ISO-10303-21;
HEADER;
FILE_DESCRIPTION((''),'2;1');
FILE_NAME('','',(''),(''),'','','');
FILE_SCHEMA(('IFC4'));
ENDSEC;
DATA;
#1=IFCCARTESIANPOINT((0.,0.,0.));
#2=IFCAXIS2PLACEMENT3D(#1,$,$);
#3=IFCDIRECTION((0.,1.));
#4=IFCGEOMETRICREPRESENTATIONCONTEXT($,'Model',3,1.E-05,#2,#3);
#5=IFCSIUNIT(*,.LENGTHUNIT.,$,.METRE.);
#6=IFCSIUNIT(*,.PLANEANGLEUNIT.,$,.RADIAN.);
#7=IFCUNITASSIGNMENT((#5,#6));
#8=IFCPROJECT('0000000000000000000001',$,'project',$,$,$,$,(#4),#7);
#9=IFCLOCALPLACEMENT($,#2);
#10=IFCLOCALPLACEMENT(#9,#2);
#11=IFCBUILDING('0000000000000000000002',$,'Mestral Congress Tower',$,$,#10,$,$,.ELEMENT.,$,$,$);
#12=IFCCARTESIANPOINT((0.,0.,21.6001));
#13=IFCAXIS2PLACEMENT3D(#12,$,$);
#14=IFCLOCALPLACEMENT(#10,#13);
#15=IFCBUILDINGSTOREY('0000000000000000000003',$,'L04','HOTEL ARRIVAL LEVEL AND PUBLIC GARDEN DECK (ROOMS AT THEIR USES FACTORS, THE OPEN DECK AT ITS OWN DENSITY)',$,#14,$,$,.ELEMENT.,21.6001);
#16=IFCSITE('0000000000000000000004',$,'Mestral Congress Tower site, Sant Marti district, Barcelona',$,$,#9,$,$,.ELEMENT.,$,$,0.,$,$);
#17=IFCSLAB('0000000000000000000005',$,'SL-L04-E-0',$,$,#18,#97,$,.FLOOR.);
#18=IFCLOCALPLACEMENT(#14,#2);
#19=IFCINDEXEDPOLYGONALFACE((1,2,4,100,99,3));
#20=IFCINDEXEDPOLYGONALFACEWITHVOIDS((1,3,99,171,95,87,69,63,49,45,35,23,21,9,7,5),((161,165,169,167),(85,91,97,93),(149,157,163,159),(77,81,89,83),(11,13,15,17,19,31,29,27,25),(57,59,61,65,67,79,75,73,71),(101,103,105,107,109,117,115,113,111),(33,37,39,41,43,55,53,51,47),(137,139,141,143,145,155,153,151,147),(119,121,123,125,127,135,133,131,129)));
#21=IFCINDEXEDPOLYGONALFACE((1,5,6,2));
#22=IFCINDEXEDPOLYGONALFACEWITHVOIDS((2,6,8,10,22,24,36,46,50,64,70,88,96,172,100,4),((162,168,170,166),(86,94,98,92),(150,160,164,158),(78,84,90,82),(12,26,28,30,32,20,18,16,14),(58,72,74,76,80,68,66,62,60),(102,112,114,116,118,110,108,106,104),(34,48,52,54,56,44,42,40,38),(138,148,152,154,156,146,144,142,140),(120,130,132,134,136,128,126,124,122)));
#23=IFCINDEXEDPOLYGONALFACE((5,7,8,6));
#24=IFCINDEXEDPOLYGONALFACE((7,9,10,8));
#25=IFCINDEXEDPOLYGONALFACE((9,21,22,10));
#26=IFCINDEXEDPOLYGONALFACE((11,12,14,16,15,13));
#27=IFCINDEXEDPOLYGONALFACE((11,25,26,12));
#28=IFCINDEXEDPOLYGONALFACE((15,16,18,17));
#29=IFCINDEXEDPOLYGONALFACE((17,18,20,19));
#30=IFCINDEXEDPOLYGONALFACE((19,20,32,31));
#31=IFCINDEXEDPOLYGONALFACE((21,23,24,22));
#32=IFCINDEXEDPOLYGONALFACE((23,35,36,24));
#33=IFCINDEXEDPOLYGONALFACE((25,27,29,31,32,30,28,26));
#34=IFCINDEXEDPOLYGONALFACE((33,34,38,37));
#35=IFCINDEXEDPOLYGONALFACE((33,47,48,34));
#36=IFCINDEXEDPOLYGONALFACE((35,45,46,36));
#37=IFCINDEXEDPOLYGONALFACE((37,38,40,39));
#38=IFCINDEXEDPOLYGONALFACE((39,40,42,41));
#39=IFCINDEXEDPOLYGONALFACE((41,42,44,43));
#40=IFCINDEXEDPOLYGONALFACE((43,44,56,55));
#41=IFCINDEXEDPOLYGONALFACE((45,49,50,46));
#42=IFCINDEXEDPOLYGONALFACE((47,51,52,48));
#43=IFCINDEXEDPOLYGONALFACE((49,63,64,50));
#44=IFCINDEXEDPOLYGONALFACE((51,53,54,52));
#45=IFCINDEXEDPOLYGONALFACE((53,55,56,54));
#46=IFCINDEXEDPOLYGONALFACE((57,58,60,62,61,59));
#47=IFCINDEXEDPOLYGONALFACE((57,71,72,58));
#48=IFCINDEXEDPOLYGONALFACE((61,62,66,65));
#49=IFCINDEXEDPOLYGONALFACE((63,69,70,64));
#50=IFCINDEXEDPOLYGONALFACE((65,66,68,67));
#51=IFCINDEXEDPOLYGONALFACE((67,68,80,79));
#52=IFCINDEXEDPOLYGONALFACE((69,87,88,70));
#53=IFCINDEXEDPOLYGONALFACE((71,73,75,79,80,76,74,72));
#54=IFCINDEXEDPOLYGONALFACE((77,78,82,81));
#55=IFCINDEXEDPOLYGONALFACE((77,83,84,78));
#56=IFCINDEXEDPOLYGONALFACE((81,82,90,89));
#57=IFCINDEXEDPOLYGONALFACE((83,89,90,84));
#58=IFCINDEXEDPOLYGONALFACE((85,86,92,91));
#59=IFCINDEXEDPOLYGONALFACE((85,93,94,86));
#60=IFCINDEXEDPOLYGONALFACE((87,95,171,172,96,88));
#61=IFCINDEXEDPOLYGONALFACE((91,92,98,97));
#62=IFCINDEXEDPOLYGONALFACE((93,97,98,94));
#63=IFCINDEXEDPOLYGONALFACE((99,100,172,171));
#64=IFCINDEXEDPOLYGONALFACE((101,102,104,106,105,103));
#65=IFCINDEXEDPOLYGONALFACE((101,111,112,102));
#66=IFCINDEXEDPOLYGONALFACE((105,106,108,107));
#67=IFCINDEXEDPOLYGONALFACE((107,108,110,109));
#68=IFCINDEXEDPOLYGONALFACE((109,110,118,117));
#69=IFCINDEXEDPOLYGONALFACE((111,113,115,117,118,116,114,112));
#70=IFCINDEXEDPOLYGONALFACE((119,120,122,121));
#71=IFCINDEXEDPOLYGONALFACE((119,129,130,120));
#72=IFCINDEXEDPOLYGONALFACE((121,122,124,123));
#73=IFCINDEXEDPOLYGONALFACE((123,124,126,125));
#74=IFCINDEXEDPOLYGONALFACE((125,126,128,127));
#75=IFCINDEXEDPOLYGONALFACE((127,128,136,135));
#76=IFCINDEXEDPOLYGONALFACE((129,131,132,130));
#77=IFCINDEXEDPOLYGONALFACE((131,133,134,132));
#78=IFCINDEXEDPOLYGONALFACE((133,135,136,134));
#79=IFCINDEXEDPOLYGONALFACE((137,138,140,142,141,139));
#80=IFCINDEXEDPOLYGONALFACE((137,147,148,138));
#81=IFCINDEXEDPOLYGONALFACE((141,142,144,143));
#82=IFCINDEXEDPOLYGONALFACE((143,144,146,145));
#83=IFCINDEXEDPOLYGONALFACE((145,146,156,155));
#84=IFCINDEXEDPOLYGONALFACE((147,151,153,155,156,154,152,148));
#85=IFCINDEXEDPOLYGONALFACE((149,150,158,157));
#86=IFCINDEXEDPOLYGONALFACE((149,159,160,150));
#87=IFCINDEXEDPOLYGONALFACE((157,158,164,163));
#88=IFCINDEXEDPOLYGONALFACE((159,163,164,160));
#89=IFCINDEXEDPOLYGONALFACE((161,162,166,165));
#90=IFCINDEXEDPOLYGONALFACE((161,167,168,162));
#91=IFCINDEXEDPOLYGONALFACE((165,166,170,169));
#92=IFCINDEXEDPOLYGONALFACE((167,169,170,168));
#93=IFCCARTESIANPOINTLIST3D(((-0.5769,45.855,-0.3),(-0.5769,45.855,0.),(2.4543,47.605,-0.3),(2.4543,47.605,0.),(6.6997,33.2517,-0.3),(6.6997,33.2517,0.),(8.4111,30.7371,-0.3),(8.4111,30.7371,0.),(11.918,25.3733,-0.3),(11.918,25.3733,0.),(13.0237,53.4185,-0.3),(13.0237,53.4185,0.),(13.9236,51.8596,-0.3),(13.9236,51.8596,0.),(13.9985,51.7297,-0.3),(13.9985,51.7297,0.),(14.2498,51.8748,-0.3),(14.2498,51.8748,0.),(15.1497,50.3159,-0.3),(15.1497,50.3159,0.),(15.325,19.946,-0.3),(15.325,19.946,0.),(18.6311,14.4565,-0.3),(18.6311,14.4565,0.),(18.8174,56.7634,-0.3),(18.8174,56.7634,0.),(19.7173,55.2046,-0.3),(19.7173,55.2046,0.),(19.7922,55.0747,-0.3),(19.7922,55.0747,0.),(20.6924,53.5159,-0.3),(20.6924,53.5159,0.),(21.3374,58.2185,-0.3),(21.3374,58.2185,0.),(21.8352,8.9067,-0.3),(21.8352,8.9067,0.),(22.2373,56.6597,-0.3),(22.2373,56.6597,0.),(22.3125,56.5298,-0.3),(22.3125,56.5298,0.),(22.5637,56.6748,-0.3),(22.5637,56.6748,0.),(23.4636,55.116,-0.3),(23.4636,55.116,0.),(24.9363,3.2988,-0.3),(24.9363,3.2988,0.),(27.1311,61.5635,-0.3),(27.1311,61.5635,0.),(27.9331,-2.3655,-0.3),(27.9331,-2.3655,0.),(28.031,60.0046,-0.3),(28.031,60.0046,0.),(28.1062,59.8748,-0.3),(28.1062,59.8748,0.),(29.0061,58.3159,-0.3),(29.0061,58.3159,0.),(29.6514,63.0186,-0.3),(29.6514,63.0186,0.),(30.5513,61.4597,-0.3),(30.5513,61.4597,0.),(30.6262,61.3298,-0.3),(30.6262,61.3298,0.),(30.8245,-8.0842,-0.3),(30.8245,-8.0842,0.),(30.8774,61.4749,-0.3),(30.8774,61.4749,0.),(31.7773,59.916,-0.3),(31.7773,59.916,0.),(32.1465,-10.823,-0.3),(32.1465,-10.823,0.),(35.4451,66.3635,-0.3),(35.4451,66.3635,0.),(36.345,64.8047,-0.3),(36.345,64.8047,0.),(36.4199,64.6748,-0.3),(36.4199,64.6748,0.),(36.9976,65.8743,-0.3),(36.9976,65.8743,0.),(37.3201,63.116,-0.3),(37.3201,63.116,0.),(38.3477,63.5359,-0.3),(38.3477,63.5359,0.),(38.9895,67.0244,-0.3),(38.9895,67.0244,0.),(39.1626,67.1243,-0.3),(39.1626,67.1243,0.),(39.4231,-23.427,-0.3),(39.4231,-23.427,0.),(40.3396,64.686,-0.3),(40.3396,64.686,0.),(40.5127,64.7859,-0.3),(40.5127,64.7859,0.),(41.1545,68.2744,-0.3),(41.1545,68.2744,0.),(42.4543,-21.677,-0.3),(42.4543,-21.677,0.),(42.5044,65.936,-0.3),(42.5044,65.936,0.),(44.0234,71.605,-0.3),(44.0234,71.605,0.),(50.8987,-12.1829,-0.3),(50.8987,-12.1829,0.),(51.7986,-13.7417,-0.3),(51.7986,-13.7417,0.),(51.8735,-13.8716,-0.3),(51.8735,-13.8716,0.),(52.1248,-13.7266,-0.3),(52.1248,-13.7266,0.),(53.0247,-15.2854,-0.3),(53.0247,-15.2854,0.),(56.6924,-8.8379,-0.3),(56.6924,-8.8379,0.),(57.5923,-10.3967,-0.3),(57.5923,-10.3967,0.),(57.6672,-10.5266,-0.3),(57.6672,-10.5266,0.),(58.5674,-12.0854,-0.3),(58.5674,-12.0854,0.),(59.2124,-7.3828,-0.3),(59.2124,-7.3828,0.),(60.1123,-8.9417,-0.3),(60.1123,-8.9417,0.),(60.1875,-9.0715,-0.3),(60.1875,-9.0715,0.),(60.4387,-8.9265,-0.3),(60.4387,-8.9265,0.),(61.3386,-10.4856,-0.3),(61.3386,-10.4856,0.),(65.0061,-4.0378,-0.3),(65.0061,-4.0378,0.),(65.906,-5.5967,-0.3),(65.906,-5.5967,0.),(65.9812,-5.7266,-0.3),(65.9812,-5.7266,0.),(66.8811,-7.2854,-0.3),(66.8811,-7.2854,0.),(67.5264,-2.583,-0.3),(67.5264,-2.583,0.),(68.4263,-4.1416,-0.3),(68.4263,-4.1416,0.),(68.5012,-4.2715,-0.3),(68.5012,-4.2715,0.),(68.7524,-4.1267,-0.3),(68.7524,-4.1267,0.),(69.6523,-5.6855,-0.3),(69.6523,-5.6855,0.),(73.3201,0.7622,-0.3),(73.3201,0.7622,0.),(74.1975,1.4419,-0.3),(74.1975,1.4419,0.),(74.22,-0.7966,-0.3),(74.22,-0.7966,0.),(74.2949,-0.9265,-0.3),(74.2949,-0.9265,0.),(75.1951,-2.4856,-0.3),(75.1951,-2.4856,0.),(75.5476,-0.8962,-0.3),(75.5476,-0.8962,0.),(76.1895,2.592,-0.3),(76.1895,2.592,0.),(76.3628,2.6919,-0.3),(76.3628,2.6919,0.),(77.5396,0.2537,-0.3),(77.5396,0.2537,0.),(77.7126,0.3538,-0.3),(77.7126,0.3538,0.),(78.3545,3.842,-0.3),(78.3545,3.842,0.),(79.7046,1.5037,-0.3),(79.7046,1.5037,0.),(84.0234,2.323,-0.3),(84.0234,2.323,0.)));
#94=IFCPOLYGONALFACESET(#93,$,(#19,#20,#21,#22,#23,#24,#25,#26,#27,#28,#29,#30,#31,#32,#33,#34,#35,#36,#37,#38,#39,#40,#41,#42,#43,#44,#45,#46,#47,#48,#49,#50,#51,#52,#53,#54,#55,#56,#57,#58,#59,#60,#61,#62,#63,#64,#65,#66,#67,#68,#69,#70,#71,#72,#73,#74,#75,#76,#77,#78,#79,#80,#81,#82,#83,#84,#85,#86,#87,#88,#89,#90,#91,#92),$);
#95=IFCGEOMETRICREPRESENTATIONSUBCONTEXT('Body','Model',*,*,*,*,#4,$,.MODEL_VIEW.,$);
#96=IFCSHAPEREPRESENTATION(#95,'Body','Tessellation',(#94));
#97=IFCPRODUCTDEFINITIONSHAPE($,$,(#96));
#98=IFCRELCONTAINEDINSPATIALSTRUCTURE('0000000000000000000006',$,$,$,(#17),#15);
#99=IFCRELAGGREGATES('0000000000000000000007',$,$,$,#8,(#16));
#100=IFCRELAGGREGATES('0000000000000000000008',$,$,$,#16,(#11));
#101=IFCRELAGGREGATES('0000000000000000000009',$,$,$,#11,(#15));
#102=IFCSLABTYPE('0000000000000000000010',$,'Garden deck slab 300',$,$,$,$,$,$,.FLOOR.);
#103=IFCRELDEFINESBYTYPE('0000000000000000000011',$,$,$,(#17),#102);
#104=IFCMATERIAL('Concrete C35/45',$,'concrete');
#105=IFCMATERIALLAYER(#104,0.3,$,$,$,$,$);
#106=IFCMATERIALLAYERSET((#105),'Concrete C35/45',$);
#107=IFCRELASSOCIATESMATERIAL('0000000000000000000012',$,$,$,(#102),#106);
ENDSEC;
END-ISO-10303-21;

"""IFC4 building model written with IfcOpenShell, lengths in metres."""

from ifc_helpers import new_model, si_unit, direction, frame, origin, place, context, subcontext, project, spatial, polyline, outline, extrude, material, layer, layer_set, type_object, element, save


model = new_model("IFC4")

# Units and contexts
model_context = context("Model", 3, precision=1e-05, world=origin(), true_north=direction((0.0, 1.0)))
body_context = subcontext(model_context, "Body", "Model", "MODEL_VIEW")
ifc_project = project(units=[si_unit("LENGTHUNIT", "METRE"), si_unit("PLANEANGLEUNIT", "RADIAN")], contexts=[model_context])

# Site, building, storey
site_placement = place(None, origin())
site = spatial("IfcSite", under=ifc_project, at=site_placement, Name="Mestral Congress Tower site, Sant Marti district, Barcelona", CompositionType="ELEMENT", RefElevation=0.0)
building_placement = place(site_placement, origin())
building = spatial("IfcBuilding", under=site, at=building_placement, Name="Mestral Congress Tower", CompositionType="ELEMENT")
storey_placement = place(building_placement, frame((0.0, 0.0, 21.6001)))
storey = spatial("IfcBuildingStorey", under=building, at=storey_placement, Name="L04", Description="HOTEL ARRIVAL LEVEL AND PUBLIC GARDEN DECK (ROOMS AT THEIR USES FACTORS, THE OPEN DECK AT ITS OWN DENSITY)", CompositionType="ELEMENT", Elevation=21.6001)

# Shared definitions
ifc_material_1 = material(Name="Concrete C35/45", Category="concrete")

# Slab
ifc_layer_1 = layer(ifc_material_1, 0.3)
ifc_layer_set_1 = layer_set([ifc_layer_1], Name="Concrete C35/45")
slab_type_1 = type_object("IfcSlabType", Name="Garden deck slab 300", PredefinedType="FLOOR", material=ifc_layer_set_1)
placement = place(storey_placement, frame((0.0, 0.0, -0.3)))
element("IfcSlab", 1, at=placement, inside=storey, type_object=slab_type_1, Name="SL-L04-E-0", PredefinedType="FLOOR", context=body_context, shape_type="SweptSolid", body=[
    extrude(outline(polyline([(44.0234, 71.605), (2.4543, 47.605), (-0.5769, 45.855), (6.6997, 33.2517), (8.4111, 30.7371), (11.918, 25.3733), (15.325, 19.946), (18.6311, 14.4565), (21.8352, 8.9067), (24.9363, 3.2988), (27.9331, -2.3655), (30.8245, -8.0842), (32.1465, -10.823), (39.4231, -23.427), (42.4543, -21.677), (84.0234, 2.323), (44.0234, 71.605)]), holes=[polyline([(51.7986, -13.7417), (50.8987, -12.1829), (56.6924, -8.8379), (57.5923, -10.3967), (57.6672, -10.5266), (58.5674, -12.0854), (53.0247, -15.2854), (52.1248, -13.7266), (51.8735, -13.8716), (51.7986, -13.7417)]), polyline([(13.9236, 51.8596), (13.0237, 53.4185), (18.8174, 56.7634), (19.7173, 55.2046), (19.7922, 55.0747), (20.6924, 53.5159), (15.1497, 50.3159), (14.2498, 51.8748), (13.9985, 51.7297), (13.9236, 51.8596)]), polyline([(60.1123, -8.9417), (59.2124, -7.3828), (65.0061, -4.0378), (65.906, -5.5967), (65.9812, -5.7266), (66.8811, -7.2854), (61.3386, -10.4856), (60.4387, -8.9265), (60.1875, -9.0715), (60.1123, -8.9417)]), polyline([(22.3125, 56.5298), (22.2373, 56.6597), (21.3374, 58.2185), (27.1311, 61.5635), (28.031, 60.0046), (28.1062, 59.8748), (29.0061, 58.3159), (23.4636, 55.116), (22.5637, 56.6748), (22.3125, 56.5298)]), polyline([(68.5012, -4.2715), (68.4263, -4.1416), (67.5264, -2.583), (73.3201, 0.7622), (74.22, -0.7966), (74.2949, -0.9265), (75.1951, -2.4856), (69.6523, -5.6855), (68.7524, -4.1267), (68.5012, -4.2715)]), polyline([(30.5513, 61.4597), (29.6514, 63.0186), (35.4451, 66.3635), (36.345, 64.8047), (36.4199, 64.6748), (37.3201, 63.116), (31.7773, 59.916), (30.8774, 61.4749), (30.6262, 61.3298), (30.5513, 61.4597)]), polyline([(76.1895, 2.592), (77.5396, 0.2537), (75.5476, -0.8962), (74.1975, 1.4419), (76.1895, 2.592)]), polyline([(38.9895, 67.0244), (40.3396, 64.686), (38.3477, 63.5359), (36.9976, 65.8743), (38.9895, 67.0244)]), polyline([(76.3628, 2.6919), (78.3545, 3.842), (79.7046, 1.5037), (77.7126, 0.3538), (76.3628, 2.6919)]), polyline([(39.1626, 67.1243), (41.1545, 68.2744), (42.5044, 65.936), (40.5127, 64.7859), (39.1626, 67.1243)])]), origin(), (0.0, 0.0, 1.0), 0.3),
])

save(model, "model.ifc")
